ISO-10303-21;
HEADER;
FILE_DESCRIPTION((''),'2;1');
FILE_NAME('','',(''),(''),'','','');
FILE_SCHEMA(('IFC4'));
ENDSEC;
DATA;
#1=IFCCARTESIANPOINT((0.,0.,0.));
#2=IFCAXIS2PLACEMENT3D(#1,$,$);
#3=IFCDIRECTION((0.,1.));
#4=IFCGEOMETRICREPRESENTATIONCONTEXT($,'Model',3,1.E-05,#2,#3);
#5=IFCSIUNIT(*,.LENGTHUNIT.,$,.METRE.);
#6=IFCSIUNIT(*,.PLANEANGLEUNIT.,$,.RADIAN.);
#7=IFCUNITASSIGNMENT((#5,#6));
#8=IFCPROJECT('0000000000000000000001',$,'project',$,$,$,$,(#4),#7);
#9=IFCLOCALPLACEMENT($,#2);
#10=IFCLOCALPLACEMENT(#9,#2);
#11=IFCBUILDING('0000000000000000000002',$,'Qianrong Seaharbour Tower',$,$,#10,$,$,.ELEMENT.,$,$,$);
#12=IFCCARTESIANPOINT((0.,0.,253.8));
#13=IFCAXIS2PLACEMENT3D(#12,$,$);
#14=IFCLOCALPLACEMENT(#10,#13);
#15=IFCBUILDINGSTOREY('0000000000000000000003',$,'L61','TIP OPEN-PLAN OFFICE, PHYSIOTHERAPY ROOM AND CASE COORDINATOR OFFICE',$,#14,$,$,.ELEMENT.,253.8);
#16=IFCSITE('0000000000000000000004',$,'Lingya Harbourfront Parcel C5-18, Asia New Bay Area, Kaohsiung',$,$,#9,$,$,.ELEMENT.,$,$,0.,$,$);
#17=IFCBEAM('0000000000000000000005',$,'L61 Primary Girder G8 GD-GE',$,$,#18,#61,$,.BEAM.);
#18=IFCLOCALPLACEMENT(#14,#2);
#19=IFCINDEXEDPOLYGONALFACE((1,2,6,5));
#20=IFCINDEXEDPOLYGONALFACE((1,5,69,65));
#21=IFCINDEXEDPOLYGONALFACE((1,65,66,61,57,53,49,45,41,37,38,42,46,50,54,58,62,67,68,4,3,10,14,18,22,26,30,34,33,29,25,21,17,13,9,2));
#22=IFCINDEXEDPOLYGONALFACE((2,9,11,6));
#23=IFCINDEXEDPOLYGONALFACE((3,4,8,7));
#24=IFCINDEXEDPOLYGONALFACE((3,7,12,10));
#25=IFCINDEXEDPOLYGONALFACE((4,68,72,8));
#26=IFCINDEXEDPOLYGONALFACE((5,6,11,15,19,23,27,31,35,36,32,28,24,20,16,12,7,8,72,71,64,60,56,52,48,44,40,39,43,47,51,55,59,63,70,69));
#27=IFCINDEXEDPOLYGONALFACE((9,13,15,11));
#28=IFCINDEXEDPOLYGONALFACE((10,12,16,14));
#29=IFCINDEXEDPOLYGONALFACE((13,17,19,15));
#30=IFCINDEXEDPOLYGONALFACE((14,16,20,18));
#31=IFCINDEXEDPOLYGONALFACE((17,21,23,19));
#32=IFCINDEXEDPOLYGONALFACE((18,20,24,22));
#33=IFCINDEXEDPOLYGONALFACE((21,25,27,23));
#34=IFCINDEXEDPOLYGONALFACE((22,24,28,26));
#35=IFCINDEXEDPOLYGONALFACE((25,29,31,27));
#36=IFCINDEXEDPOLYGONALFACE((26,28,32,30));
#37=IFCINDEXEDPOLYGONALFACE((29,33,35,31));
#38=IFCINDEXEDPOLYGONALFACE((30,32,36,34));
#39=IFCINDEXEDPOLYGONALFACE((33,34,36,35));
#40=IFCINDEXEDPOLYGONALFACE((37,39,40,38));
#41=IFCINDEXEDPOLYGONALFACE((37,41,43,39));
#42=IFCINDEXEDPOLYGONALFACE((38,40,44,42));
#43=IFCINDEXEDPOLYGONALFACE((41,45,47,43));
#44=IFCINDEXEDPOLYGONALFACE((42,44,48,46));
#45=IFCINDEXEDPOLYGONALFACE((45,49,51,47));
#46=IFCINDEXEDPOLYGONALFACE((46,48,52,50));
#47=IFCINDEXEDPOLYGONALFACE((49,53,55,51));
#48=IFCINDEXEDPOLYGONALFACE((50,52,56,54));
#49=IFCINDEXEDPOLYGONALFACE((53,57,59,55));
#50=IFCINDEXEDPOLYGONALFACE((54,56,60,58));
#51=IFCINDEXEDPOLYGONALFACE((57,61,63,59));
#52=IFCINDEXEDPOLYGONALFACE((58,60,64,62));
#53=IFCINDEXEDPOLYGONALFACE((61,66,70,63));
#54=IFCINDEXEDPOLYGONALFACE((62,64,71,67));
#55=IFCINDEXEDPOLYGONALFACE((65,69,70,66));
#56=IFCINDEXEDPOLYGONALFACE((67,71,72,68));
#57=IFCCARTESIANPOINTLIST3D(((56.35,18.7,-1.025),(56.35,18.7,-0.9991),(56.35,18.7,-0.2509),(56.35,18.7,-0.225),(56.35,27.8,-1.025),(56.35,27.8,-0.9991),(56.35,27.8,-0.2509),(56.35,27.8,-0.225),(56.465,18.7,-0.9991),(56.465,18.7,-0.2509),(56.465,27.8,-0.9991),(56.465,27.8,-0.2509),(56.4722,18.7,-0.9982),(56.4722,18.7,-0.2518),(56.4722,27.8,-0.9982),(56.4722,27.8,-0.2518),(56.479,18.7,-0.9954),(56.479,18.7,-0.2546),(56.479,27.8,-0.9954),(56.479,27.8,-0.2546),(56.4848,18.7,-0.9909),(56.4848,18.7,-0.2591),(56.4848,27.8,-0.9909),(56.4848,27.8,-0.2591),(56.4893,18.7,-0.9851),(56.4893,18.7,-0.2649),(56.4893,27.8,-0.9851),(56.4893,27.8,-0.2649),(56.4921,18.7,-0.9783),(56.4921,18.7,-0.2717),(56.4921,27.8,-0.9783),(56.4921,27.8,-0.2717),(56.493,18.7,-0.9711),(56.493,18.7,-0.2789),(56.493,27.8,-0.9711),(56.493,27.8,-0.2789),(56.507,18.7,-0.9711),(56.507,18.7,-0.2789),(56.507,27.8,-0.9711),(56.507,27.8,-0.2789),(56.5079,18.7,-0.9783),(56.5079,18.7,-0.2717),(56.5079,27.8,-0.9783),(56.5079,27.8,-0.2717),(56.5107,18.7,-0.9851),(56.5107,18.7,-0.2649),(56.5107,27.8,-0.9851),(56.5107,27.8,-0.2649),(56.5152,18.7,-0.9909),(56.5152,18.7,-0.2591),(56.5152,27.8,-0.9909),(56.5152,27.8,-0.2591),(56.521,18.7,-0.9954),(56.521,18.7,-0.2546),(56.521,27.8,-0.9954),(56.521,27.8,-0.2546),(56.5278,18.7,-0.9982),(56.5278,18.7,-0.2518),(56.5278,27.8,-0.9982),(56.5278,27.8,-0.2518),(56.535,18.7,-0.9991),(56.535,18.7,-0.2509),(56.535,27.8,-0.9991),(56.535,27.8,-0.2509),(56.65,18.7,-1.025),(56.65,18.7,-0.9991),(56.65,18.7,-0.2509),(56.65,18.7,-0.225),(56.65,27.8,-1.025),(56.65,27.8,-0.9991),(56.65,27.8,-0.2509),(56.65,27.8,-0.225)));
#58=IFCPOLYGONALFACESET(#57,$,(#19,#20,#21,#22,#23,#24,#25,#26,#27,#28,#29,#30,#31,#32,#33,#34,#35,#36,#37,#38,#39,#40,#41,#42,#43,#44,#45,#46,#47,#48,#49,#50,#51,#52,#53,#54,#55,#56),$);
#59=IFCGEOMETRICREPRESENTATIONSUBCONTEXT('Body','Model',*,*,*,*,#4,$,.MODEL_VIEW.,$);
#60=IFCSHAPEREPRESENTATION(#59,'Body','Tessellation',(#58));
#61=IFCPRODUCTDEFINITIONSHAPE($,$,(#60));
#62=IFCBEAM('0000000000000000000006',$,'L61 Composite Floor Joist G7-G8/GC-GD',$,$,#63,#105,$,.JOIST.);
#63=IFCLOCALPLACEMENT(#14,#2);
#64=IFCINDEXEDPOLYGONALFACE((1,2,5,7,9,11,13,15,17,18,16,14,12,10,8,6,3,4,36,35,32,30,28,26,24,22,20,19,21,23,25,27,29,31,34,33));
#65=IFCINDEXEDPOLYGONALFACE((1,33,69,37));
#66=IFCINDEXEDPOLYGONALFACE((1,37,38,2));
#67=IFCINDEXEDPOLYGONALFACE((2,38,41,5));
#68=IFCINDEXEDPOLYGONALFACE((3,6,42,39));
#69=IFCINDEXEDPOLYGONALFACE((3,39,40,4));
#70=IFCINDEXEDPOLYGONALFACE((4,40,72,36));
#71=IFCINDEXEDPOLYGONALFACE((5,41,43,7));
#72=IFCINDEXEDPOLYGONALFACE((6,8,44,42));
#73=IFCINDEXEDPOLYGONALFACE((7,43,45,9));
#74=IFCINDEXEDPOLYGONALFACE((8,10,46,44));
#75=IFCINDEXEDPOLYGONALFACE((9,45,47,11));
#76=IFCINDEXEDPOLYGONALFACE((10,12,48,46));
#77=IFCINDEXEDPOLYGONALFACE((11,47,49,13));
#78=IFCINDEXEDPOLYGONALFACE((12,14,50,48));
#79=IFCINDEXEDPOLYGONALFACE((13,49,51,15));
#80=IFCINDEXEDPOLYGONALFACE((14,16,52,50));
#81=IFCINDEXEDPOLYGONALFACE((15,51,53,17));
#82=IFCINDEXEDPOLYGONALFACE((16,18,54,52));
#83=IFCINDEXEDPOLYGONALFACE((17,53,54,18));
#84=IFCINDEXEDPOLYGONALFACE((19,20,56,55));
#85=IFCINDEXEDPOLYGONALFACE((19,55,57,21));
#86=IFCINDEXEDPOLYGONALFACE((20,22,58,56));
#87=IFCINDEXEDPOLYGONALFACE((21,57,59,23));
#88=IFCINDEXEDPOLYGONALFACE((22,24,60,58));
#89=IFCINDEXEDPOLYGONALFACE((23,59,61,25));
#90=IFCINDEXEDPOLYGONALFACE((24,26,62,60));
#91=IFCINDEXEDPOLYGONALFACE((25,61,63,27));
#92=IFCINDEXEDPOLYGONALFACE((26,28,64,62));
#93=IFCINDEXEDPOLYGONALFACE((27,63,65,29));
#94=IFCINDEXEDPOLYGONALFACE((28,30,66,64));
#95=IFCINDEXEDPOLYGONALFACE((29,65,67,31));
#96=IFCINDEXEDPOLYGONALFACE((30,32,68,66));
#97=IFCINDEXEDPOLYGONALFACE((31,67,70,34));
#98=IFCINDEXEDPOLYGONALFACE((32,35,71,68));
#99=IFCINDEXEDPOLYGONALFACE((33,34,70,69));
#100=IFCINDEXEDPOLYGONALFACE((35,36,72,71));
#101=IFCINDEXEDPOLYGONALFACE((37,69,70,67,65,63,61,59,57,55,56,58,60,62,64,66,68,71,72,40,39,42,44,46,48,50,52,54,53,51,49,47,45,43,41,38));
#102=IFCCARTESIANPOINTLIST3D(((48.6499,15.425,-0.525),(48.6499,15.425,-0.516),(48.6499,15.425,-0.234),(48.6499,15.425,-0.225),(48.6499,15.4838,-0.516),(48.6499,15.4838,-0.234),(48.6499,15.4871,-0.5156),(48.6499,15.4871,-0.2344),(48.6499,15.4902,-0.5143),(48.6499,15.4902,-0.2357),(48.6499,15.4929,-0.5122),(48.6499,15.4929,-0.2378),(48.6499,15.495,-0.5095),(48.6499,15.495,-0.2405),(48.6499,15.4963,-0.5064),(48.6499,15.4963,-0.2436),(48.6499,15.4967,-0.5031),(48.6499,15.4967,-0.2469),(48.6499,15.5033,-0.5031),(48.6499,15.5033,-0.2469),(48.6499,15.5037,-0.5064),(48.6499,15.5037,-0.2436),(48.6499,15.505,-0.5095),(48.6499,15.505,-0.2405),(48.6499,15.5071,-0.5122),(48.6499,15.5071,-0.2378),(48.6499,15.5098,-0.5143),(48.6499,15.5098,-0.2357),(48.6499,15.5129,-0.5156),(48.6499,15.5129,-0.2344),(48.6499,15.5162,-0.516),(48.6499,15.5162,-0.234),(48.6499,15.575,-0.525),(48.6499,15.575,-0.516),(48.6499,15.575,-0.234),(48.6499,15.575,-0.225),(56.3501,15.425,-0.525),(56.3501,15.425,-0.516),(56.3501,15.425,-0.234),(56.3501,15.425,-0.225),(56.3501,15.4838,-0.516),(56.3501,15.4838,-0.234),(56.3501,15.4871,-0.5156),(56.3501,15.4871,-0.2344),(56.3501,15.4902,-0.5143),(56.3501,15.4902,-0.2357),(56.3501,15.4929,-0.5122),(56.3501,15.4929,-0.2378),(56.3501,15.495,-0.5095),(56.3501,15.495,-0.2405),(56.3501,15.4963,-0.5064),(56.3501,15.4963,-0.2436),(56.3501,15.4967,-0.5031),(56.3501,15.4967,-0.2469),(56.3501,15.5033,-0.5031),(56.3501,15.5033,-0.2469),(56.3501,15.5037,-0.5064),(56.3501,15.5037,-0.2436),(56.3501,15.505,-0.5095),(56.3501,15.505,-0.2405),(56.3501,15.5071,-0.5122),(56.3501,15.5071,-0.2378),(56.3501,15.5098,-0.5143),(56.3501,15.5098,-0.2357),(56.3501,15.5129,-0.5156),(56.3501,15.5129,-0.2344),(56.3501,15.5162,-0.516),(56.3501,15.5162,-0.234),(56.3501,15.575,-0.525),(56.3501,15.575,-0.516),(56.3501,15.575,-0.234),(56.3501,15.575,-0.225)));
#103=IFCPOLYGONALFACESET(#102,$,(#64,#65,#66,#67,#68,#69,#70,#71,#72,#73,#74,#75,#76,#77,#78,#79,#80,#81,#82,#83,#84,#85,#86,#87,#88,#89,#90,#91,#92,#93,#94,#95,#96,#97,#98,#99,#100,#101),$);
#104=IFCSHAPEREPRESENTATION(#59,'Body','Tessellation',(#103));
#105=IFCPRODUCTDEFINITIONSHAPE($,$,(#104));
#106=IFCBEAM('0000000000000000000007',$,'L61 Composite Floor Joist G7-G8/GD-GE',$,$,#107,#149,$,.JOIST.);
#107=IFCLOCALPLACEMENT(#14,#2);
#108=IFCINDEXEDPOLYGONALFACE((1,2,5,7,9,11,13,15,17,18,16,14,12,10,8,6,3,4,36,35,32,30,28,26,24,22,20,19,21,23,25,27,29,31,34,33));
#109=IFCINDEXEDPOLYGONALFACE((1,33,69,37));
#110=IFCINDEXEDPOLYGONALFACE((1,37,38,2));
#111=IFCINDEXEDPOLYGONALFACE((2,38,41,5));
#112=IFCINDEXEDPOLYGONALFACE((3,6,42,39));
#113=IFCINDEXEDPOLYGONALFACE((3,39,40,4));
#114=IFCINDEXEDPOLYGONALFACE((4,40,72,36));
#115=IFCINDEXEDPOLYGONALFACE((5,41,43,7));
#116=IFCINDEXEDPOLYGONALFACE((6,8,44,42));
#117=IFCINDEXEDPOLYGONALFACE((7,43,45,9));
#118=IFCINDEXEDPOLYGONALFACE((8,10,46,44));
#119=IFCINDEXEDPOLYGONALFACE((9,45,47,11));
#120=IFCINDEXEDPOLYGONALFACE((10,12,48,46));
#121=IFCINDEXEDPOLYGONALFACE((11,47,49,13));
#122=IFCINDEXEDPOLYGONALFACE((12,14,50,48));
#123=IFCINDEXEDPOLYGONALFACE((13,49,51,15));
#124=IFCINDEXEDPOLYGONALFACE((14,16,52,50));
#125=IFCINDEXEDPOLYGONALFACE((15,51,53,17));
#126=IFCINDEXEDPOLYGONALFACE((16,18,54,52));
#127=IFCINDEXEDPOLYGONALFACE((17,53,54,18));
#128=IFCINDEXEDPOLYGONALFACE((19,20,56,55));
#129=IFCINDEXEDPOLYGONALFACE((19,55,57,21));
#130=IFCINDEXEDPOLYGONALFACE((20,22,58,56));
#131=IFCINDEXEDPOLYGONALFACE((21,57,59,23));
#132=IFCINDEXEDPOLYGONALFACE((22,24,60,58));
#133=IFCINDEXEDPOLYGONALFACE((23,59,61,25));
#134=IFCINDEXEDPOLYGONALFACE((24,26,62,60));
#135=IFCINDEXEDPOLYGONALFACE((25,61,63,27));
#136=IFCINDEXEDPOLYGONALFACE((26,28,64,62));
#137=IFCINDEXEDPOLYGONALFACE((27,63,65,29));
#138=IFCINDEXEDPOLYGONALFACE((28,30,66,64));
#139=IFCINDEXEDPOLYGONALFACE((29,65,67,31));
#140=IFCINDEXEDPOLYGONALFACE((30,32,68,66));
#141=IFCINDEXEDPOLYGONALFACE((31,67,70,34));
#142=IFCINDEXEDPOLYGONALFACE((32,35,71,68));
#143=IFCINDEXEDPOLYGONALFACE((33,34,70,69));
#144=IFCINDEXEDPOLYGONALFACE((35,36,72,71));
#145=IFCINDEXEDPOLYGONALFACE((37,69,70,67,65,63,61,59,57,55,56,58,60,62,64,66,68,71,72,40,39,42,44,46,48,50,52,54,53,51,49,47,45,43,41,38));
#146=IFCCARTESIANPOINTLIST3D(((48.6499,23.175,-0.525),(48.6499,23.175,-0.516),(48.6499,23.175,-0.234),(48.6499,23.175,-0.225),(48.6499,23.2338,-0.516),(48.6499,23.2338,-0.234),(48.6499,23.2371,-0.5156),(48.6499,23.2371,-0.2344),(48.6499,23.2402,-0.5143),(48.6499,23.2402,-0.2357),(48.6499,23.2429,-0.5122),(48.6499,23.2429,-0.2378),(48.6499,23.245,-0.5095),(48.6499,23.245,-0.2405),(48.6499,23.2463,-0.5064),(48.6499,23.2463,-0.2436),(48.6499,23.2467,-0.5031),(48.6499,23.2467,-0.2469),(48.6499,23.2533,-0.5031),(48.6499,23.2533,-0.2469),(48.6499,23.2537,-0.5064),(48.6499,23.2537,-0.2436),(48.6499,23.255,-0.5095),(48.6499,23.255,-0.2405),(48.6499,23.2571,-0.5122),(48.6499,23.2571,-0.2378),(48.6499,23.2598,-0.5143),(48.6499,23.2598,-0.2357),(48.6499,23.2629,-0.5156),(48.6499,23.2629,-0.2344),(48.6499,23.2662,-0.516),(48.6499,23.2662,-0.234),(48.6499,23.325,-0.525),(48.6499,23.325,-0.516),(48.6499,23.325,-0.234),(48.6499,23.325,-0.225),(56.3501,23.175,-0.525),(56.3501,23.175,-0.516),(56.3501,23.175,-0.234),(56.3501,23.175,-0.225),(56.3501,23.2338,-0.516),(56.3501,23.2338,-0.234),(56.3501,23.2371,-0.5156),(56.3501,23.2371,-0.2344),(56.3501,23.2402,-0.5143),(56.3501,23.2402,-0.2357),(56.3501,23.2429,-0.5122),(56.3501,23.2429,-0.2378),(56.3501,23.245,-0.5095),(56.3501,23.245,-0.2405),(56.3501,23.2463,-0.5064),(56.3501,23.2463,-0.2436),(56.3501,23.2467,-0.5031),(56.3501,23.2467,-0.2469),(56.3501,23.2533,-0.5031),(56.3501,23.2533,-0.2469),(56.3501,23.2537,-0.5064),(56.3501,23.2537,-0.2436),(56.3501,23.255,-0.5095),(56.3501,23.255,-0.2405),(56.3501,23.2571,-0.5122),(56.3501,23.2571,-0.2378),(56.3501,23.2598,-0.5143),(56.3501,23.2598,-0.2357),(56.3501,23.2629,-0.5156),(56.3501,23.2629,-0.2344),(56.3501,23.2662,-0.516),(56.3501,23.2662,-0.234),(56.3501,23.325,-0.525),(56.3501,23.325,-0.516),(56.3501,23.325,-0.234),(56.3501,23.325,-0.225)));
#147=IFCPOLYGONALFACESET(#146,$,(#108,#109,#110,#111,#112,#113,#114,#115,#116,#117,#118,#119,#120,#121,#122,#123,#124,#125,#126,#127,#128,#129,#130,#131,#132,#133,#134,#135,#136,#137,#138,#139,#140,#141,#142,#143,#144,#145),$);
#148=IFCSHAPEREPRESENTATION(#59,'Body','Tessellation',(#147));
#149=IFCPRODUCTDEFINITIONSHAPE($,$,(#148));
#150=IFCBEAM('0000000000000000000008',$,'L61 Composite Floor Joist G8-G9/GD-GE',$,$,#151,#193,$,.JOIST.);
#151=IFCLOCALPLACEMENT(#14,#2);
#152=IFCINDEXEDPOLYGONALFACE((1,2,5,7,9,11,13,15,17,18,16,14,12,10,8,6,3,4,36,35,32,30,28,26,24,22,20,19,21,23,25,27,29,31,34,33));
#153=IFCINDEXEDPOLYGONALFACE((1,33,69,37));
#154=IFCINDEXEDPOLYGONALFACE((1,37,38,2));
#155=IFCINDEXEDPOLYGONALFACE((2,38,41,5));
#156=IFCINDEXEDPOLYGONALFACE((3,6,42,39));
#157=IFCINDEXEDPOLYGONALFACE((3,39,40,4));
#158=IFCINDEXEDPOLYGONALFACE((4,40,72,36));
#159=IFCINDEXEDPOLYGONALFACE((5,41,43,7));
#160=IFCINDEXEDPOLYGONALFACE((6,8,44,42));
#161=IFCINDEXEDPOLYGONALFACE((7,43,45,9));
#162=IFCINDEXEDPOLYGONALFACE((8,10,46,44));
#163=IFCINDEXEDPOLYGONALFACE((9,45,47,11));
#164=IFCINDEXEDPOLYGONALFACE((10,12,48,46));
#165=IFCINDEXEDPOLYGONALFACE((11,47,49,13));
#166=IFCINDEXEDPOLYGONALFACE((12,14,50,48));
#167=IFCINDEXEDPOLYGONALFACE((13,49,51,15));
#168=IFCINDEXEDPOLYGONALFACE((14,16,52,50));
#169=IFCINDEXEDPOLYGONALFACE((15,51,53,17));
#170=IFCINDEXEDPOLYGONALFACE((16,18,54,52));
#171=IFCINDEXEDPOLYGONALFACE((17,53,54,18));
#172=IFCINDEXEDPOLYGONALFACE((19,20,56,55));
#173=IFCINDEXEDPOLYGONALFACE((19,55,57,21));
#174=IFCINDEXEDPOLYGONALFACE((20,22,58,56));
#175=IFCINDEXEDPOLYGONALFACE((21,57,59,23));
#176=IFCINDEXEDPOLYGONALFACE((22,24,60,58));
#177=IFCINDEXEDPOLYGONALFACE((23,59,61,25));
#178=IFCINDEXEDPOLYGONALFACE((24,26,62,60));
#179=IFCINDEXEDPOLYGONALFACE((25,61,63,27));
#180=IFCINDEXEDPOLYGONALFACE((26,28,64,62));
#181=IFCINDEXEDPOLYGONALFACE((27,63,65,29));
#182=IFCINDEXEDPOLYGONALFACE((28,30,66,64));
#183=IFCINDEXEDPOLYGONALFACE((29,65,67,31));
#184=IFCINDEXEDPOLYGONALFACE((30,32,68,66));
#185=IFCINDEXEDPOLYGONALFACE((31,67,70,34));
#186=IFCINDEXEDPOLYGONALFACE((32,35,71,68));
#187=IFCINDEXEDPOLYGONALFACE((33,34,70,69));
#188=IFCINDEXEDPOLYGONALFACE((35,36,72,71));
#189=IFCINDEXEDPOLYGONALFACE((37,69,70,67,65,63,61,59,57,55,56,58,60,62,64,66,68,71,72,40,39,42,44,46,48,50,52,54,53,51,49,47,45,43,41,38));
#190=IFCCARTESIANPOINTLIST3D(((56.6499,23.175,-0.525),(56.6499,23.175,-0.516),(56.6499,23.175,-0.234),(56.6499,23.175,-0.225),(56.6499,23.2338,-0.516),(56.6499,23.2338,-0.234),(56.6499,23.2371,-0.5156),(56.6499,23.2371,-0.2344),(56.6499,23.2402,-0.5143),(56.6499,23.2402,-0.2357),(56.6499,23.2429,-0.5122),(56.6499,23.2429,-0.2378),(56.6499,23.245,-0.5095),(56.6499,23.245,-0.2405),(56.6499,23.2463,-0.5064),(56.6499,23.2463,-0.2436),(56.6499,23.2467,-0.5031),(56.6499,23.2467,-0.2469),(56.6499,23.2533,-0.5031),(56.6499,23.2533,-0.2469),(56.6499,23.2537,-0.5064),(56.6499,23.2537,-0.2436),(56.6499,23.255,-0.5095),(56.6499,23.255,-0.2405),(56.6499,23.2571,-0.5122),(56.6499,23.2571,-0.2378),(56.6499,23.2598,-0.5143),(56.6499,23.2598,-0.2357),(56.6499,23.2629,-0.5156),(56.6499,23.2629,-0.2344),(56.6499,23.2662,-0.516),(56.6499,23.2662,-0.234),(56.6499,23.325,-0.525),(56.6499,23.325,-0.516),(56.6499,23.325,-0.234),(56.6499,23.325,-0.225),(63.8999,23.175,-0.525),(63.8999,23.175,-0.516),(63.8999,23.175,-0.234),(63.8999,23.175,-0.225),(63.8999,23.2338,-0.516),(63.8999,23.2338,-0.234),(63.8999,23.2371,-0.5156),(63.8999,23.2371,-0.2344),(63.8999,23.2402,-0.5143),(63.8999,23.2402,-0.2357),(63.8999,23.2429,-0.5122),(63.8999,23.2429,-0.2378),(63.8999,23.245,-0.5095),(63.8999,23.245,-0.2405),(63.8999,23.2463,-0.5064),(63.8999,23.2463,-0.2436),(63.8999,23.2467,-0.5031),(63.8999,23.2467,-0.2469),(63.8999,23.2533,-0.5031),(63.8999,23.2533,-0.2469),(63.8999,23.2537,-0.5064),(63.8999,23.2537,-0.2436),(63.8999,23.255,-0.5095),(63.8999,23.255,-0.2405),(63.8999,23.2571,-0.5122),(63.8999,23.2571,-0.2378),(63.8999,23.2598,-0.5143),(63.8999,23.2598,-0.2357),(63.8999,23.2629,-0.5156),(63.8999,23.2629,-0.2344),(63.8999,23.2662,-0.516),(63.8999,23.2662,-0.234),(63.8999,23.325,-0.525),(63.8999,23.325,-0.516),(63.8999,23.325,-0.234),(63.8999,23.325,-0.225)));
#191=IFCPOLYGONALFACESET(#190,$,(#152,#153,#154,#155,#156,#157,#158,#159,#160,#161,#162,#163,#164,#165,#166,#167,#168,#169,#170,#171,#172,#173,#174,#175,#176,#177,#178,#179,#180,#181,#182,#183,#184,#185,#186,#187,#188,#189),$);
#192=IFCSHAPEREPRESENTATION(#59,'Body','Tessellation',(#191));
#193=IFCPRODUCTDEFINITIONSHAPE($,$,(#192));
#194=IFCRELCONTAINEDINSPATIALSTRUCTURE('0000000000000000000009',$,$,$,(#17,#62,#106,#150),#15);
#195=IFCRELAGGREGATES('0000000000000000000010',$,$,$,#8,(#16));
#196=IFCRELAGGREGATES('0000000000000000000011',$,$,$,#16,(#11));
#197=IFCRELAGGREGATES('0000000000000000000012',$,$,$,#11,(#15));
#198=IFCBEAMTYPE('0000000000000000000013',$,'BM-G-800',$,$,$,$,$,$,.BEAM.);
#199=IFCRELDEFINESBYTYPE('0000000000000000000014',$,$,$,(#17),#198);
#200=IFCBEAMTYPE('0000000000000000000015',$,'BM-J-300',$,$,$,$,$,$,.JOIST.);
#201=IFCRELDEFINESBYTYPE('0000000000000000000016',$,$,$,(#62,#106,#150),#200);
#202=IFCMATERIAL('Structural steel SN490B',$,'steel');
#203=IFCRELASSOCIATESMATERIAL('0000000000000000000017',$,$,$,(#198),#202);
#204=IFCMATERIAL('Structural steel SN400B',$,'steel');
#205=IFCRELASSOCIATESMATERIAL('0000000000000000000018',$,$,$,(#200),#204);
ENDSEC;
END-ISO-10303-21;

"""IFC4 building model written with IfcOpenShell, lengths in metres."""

from ifc_helpers import new_model, si_unit, direction, frame, origin, origin_2d, place, context, subcontext, project, spatial, i_section, extrude, material, material_profile, profile_set, type_object, element, save


model = new_model("IFC4")

# Units and contexts
model_context = context("Model", 3, precision=1e-05, world=origin(), true_north=direction((0.0, 1.0)))
body_context = subcontext(model_context, "Body", "Model", "MODEL_VIEW")
ifc_project = project(units=[si_unit("LENGTHUNIT", "METRE"), si_unit("PLANEANGLEUNIT", "RADIAN")], contexts=[model_context])

# Site, building, storey
site_placement = place(None, origin())
site = spatial("IfcSite", under=ifc_project, at=site_placement, Name="Lingya Harbourfront Parcel C5-18, Asia New Bay Area, Kaohsiung", CompositionType="ELEMENT", RefElevation=0.0)
building_placement = place(site_placement, origin())
building = spatial("IfcBuilding", under=site, at=building_placement, Name="Qianrong Seaharbour Tower", CompositionType="ELEMENT")
storey_placement = place(building_placement, frame((0.0, 0.0, 253.8)))
storey = spatial("IfcBuildingStorey", under=building, at=storey_placement, Name="L61", Description="TIP OPEN-PLAN OFFICE, PHYSIOTHERAPY ROOM AND CASE COORDINATOR OFFICE", CompositionType="ELEMENT", Elevation=253.8)

# Shared definitions
ifc_material_1 = material(Name="Structural steel SN490B", Category="steel")

# Beams
ifc_material_profile_1 = material_profile(ifc_material_1, i_section(OverallWidth=0.3, OverallDepth=0.8, WebThickness=0.0139, FlangeThickness=0.0259, FilletRadius=0.0281, at=origin_2d()), Name="H800x300x14x26")
ifc_profile_set_1 = profile_set([ifc_material_profile_1], Name="Structural steel SN490B")
beam_type_1 = type_object("IfcBeamType", Name="BM-G-800", PredefinedType="BEAM", material=ifc_profile_set_1)
for number, where, z_axis, x_axis, name in (
    (1, (56.5, 18.7, -0.625), (0.0, 1.0, 0.0), (-1.0, 0.0, 0.0), "L61 Primary Girder G8 GD-GE"),
):
    element("IfcBeam", number, at=place(storey_placement, frame(where, z_axis=z_axis, x_axis=x_axis)), inside=storey, type_object=beam_type_1, Name=name, PredefinedType="BEAM", context=body_context, shape_type="SweptSolid", body=[
        extrude(i_section(OverallWidth=0.3, OverallDepth=0.8, WebThickness=0.0139, FlangeThickness=0.0259, FilletRadius=0.0281, at=origin_2d()), origin(), (0.0, 0.0, 1.0), 9.1001),
    ])
ifc_material_2 = material(Name="Structural steel SN400B", Category="steel")
ifc_material_profile_2 = material_profile(ifc_material_2, i_section(OverallWidth=0.1499, OverallDepth=0.3, WebThickness=0.0066, FlangeThickness=0.009, FilletRadius=0.0129, at=origin_2d()), Name="H300x150x6.5x9")
ifc_profile_set_2 = profile_set([ifc_material_profile_2], Name="Structural steel SN400B")
beam_type_2 = type_object("IfcBeamType", Name="BM-J-300", PredefinedType="JOIST", material=ifc_profile_set_2)
for number, where, z_axis, x_axis, name in (
    (2, (48.6499, 15.5, -0.375), (1.0, 0.0, 0.0), (0.0, 1.0, 0.0), "L61 Composite Floor Joist G7-G8/GC-GD"),
    (3, (48.6499, 23.25, -0.375), (1.0, 0.0, 0.0), (0.0, 1.0, 0.0), "L61 Composite Floor Joist G7-G8/GD-GE"),
):
    element("IfcBeam", number, at=place(storey_placement, frame(where, z_axis=z_axis, x_axis=x_axis)), inside=storey, type_object=beam_type_2, Name=name, PredefinedType="JOIST", context=body_context, shape_type="SweptSolid", body=[
        extrude(i_section(OverallWidth=0.1499, OverallDepth=0.3, WebThickness=0.0066, FlangeThickness=0.009, FilletRadius=0.0129, at=origin_2d()), origin(), (0.0, 0.0, 1.0), 7.7002),
    ])
beam_1_placement = place(storey_placement, frame((56.6499, 23.25, -0.375), z_axis=(1.0, 0.0, 0.0), x_axis=(0.0, 1.0, 0.0)))
element("IfcBeam", 4, at=beam_1_placement, inside=storey, type_object=beam_type_2, Name="L61 Composite Floor Joist G8-G9/GD-GE", PredefinedType="JOIST", context=body_context, shape_type="SweptSolid", body=[
    extrude(i_section(OverallWidth=0.1499, OverallDepth=0.3, WebThickness=0.0066, FlangeThickness=0.009, FilletRadius=0.0129, at=origin_2d()), origin(), (0.0, 0.0, 1.0), 7.25),
])

save(model, "model.ifc")
